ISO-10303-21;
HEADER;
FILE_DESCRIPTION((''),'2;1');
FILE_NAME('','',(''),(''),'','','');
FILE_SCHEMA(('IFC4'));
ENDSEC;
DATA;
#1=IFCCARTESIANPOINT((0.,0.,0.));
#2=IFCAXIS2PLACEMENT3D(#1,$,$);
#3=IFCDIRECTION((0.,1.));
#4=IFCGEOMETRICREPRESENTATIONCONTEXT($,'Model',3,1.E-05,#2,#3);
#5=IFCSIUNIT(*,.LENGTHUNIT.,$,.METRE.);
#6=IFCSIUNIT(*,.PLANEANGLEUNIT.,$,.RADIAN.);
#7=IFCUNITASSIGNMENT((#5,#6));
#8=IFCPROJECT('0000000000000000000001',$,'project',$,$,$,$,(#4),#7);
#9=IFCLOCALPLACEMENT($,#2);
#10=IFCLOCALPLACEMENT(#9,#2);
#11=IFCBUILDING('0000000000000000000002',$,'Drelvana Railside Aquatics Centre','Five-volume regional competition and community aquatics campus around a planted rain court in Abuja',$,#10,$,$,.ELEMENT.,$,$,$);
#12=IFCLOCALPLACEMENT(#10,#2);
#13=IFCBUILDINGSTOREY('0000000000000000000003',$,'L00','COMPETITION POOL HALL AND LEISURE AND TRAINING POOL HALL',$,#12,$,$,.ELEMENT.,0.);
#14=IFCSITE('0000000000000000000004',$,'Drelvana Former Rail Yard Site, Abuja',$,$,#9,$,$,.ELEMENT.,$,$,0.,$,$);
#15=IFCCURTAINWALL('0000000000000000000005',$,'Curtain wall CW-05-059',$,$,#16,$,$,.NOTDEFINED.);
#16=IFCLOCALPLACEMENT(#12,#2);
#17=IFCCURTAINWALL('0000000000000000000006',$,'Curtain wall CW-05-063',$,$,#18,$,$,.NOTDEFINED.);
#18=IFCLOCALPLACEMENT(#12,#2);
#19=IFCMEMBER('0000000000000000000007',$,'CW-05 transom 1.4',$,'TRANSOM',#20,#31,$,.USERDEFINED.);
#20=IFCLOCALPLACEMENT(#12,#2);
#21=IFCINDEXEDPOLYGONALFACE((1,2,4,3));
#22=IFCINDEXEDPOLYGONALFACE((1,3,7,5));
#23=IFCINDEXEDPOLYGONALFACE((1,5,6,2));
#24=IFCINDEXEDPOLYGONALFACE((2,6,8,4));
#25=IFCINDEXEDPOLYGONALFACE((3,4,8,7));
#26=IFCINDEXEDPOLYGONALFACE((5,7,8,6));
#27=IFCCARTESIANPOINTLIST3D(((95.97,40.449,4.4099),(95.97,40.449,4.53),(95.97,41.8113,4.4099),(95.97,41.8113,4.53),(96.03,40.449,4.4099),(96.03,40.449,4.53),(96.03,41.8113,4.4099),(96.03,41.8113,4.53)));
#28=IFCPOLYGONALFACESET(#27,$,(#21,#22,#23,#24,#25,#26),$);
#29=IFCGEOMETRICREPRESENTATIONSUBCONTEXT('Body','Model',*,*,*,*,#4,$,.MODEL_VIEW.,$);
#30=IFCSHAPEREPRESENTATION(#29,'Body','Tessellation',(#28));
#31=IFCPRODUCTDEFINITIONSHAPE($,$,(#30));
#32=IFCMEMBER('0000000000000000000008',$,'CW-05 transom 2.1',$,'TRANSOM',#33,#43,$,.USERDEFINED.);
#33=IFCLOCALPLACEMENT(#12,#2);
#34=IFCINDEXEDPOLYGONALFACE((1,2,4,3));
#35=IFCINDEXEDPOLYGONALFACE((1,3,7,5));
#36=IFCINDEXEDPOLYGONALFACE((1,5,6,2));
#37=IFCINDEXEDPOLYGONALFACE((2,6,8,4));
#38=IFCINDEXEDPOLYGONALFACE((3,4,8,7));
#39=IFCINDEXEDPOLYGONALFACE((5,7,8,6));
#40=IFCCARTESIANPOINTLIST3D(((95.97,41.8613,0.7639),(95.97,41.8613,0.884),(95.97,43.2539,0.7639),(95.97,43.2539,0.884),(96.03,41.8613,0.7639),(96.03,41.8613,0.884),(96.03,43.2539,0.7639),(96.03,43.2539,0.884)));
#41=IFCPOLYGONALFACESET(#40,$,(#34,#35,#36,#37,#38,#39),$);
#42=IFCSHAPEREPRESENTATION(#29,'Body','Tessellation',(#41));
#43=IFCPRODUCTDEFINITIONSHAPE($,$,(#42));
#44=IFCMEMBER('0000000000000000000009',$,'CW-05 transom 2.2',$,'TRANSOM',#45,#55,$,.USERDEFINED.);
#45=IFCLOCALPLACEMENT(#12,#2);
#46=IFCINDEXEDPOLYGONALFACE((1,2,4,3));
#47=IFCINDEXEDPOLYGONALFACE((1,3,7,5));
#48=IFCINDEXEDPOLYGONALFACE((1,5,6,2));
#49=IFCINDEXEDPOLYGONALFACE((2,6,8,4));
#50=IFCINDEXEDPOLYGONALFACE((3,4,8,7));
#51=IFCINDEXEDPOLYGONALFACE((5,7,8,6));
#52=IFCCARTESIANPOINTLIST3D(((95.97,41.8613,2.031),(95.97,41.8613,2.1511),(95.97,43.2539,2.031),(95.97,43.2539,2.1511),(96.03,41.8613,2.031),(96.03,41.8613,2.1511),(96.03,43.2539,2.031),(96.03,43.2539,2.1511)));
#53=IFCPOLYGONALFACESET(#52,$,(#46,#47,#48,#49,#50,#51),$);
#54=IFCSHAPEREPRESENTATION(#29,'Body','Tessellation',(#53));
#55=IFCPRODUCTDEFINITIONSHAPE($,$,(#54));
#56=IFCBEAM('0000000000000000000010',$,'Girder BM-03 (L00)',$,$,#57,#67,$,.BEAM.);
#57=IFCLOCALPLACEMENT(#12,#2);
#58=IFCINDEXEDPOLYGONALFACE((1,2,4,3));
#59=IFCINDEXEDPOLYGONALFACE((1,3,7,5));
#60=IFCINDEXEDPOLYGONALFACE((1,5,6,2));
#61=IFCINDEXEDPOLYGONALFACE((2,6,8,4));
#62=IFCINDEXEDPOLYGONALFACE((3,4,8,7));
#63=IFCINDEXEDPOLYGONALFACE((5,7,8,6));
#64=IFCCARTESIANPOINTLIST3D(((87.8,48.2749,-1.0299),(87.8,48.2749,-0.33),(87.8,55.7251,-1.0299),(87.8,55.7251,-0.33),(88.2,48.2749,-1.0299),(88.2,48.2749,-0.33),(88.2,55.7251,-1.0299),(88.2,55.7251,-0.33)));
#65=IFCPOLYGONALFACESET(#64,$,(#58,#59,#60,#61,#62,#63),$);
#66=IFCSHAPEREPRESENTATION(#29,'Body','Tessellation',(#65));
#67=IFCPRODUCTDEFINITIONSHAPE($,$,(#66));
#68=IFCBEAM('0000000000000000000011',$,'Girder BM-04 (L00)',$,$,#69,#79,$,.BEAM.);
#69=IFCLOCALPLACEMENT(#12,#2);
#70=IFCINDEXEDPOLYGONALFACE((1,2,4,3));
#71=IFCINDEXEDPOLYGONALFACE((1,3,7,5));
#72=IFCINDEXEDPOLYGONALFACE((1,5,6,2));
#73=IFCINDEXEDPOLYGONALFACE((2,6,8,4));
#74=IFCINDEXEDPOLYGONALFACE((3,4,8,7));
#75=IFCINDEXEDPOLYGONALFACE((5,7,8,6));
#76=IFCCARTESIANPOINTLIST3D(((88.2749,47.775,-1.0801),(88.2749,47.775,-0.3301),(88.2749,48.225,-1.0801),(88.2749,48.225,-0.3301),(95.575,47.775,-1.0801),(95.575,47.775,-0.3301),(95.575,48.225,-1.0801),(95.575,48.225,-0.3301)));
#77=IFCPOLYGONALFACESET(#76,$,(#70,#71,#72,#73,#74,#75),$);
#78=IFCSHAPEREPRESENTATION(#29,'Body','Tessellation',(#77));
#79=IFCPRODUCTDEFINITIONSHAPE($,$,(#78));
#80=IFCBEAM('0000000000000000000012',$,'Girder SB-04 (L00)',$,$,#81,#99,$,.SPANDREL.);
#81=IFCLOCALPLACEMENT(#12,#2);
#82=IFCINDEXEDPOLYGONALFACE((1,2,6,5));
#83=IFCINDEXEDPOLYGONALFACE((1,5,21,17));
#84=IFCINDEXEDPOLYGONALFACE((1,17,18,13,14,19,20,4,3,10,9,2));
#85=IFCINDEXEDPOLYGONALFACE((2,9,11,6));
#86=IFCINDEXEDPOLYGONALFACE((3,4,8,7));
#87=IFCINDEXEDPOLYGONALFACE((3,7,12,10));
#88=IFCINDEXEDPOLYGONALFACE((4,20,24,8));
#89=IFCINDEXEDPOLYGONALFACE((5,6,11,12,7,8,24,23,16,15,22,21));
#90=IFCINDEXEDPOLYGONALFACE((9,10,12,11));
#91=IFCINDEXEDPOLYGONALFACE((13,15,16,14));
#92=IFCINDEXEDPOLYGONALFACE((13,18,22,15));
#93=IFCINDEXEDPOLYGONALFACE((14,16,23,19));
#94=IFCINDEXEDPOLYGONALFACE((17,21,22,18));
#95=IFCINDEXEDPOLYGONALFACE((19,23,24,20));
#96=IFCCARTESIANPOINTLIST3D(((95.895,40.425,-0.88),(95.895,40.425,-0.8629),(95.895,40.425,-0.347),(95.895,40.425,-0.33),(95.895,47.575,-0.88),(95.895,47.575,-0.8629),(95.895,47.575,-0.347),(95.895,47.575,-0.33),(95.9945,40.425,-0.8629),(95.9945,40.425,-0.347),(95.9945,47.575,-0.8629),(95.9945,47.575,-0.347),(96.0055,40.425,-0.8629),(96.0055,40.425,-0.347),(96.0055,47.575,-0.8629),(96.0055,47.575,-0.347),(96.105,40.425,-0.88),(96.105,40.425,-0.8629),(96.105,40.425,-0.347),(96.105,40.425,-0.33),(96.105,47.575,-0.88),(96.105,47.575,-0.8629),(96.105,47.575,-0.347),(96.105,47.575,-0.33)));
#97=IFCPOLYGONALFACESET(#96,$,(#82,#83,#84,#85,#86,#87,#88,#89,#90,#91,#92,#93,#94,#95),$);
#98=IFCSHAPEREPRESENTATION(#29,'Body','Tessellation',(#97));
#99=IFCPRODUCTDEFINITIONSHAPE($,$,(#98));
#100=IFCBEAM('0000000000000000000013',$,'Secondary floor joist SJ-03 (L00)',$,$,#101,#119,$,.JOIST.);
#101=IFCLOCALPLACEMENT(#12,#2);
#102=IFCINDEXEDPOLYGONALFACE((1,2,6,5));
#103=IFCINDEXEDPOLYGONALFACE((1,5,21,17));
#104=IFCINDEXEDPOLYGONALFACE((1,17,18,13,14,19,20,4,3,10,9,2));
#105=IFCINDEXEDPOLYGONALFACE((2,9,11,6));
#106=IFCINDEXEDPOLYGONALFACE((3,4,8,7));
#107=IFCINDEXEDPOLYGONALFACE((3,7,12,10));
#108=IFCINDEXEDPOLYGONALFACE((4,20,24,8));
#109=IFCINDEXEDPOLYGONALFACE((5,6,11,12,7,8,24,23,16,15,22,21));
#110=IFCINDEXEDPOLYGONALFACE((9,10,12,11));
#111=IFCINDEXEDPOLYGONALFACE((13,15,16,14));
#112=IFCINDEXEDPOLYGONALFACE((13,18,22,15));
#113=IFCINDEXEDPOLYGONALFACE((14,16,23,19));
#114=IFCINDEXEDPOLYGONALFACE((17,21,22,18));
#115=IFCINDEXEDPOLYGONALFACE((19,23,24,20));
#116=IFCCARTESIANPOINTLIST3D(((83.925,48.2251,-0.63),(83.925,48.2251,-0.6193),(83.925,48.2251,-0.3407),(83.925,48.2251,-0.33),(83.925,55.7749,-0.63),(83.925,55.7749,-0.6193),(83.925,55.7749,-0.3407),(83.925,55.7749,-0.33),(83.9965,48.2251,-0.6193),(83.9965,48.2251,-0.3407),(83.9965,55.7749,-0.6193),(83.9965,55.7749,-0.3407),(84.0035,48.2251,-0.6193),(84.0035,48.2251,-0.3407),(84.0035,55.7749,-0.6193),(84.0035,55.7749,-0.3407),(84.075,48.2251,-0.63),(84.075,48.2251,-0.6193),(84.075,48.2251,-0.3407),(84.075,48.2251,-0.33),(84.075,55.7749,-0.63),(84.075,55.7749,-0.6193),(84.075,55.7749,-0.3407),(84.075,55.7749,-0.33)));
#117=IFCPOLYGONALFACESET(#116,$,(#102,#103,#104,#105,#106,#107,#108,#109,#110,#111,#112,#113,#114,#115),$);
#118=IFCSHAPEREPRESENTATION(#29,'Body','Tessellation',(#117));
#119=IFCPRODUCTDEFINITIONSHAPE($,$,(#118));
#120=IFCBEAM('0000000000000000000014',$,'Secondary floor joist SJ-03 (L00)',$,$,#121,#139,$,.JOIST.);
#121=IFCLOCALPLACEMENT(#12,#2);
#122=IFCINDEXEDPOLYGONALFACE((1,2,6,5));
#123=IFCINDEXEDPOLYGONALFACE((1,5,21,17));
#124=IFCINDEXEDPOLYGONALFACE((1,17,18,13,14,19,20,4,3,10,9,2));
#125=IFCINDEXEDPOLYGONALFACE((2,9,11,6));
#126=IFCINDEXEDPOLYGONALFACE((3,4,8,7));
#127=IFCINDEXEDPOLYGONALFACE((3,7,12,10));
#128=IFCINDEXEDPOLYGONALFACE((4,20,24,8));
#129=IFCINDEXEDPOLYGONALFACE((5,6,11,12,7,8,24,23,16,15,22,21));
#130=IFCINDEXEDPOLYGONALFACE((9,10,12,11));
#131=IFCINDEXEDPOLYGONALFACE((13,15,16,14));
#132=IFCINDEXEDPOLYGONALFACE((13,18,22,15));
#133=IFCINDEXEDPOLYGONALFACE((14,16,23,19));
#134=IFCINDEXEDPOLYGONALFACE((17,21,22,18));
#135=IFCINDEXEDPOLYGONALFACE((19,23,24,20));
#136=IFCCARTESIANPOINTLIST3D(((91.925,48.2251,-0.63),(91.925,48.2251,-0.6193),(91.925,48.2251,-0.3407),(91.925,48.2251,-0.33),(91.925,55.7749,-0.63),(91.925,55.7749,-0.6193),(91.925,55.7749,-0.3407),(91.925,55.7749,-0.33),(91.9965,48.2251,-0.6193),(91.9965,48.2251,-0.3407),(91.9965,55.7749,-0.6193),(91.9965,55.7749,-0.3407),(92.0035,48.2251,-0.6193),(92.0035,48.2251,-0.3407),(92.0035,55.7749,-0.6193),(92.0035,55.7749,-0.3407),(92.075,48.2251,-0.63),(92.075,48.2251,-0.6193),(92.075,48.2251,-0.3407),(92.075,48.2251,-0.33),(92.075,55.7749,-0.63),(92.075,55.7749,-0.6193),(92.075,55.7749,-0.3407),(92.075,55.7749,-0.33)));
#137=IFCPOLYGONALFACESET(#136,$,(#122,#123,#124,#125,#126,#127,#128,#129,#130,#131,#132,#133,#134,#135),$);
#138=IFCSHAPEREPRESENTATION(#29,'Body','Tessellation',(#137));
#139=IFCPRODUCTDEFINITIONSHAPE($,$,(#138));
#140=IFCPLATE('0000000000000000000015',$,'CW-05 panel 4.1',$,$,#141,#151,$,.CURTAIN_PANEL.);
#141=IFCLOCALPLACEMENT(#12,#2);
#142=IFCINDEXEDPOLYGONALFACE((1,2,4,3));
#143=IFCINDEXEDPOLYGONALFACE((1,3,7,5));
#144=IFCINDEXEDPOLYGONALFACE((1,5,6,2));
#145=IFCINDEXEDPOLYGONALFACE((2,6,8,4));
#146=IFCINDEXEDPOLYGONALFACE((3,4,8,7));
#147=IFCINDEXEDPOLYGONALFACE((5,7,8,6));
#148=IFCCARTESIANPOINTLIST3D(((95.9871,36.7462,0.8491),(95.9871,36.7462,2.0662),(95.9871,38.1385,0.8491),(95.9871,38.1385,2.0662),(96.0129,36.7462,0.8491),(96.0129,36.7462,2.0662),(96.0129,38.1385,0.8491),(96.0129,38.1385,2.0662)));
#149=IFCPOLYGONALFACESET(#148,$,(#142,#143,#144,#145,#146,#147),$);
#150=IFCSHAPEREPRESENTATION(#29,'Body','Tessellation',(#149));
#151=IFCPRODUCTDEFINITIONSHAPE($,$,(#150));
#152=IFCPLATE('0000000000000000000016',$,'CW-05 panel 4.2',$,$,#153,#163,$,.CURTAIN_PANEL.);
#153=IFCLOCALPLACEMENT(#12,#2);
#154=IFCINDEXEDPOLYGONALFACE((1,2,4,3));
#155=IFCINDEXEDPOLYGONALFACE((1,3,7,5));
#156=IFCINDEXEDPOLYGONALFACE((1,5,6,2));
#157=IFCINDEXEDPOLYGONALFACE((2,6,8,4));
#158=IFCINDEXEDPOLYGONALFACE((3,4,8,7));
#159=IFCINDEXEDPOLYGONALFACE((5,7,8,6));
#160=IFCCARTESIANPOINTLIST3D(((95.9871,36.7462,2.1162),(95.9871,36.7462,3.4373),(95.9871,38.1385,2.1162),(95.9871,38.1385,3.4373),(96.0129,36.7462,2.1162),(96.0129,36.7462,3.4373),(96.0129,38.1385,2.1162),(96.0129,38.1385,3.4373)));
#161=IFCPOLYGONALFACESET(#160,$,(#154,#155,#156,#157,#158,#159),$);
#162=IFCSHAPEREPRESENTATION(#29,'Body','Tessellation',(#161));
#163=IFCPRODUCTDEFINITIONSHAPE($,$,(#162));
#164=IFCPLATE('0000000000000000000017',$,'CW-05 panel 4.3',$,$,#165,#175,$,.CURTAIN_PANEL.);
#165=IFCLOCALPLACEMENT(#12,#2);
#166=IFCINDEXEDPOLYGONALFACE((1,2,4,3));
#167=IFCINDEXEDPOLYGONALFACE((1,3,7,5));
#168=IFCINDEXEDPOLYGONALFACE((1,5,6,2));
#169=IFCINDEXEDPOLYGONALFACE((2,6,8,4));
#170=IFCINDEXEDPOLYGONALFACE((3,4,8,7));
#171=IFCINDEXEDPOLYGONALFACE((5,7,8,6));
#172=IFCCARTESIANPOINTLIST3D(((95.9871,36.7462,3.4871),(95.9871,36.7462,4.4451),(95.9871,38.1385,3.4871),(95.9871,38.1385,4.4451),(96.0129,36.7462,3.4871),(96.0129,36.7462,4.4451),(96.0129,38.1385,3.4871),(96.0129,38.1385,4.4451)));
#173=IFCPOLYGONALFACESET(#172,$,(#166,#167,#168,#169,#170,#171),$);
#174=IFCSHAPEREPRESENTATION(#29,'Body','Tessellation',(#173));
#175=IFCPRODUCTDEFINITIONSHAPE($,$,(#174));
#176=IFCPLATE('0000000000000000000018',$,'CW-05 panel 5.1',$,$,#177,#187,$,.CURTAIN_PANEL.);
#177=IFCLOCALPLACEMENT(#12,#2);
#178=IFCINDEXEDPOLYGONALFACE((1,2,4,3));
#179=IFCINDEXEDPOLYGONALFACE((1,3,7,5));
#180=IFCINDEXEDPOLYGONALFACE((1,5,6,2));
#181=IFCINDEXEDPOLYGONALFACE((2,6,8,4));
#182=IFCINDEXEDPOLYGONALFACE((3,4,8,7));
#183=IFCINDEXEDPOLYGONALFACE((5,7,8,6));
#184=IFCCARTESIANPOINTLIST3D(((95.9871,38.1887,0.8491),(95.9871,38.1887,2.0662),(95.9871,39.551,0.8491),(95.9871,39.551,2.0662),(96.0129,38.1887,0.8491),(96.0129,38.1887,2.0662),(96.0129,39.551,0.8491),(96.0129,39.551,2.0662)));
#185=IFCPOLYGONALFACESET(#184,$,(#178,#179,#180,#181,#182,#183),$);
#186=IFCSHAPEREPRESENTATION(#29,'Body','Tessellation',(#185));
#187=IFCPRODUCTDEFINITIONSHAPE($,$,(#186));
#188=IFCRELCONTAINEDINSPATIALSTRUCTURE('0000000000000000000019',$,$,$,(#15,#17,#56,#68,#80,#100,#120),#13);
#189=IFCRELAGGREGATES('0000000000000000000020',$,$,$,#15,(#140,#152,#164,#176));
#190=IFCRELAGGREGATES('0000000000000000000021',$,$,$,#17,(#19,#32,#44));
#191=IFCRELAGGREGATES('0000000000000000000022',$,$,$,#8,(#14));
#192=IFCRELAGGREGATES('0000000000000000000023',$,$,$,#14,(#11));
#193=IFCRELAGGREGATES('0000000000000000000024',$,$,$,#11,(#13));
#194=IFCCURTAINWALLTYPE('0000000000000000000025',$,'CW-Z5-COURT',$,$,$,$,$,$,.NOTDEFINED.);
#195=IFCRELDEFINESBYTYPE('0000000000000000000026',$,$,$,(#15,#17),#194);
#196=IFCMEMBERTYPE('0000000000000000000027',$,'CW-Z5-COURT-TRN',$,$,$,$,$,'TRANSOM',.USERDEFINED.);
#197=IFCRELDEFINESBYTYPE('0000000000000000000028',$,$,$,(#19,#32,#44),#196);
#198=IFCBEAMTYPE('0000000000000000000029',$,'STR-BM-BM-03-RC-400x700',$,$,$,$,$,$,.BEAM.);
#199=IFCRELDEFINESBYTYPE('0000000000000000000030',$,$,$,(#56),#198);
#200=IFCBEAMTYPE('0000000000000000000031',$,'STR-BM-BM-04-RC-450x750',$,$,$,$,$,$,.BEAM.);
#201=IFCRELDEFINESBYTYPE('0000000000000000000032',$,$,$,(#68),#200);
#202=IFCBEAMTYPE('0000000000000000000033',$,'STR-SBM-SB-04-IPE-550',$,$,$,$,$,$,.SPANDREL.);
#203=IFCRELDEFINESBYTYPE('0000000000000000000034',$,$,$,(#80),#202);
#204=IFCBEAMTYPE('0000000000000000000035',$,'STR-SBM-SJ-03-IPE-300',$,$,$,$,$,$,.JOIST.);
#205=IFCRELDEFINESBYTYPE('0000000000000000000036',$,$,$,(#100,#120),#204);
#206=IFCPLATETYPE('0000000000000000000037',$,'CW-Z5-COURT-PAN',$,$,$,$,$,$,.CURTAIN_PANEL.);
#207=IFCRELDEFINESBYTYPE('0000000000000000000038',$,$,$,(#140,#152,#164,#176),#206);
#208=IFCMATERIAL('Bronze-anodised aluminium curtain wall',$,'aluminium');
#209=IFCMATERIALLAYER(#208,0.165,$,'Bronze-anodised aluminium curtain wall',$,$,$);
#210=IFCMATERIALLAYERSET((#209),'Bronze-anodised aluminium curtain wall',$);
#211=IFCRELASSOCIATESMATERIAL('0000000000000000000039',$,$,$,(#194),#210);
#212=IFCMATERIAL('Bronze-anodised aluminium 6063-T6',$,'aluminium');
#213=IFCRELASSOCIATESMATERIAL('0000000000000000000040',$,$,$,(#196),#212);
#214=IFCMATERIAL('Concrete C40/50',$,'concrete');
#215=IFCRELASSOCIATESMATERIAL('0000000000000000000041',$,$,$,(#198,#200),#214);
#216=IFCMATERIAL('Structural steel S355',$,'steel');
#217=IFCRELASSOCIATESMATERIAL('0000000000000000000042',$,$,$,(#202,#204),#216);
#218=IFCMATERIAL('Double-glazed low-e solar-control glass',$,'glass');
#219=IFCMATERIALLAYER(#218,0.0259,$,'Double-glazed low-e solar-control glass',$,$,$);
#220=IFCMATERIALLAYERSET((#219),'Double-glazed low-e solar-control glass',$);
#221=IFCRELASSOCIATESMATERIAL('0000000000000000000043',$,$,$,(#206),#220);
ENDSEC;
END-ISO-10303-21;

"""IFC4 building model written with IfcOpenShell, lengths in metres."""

from ifc_helpers import new_model, si_unit, direction, frame, origin, origin_2d, place, context, subcontext, project, spatial, rectangle, i_section, extrude, material, layer, layer_set, material_profile, profile_set, type_object, element, aggregate, save


model = new_model("IFC4")

# Units and contexts
model_context = context("Model", 3, precision=1e-05, world=origin(), true_north=direction((0.0, 1.0)))
body_context = subcontext(model_context, "Body", "Model", "MODEL_VIEW")
ifc_project = project(units=[si_unit("LENGTHUNIT", "METRE"), si_unit("PLANEANGLEUNIT", "RADIAN")], contexts=[model_context])

# Site, building, storey
site_placement = place(None, origin())
site = spatial("IfcSite", under=ifc_project, at=site_placement, Name="Drelvana Former Rail Yard Site, Abuja", CompositionType="ELEMENT", RefElevation=0.0)
building_placement = place(site_placement, origin())
building = spatial("IfcBuilding", under=site, at=building_placement, Name="Drelvana Railside Aquatics Centre", Description="Five-volume regional competition and community aquatics campus around a planted rain court in Abuja", CompositionType="ELEMENT")
storey_placement = place(building_placement, origin())
storey = spatial("IfcBuildingStorey", under=building, at=storey_placement, Name="L00", Description="COMPETITION POOL HALL AND LEISURE AND TRAINING POOL HALL", CompositionType="ELEMENT", Elevation=0.0)

# Shared definitions
ifc_material_1 = material(Name="Concrete C40/50", Category="concrete")

# Curtain walls
ifc_material_2 = material(Name="Bronze-anodised aluminium curtain wall", Category="aluminium")
ifc_layer_1 = layer(ifc_material_2, 0.165, Name="Bronze-anodised aluminium curtain wall")
ifc_layer_set_1 = layer_set([ifc_layer_1], Name="Bronze-anodised aluminium curtain wall")
curtain_wall_type = type_object("IfcCurtainWallType", Name="CW-Z5-COURT", PredefinedType="NOTDEFINED", material=ifc_layer_set_1)
curtain_wall_1_placement = place(storey_placement, origin())
curtain_wall_1 = element("IfcCurtainWall", 1, at=curtain_wall_1_placement, inside=storey, type_object=curtain_wall_type, Name="Curtain wall CW-05-059", PredefinedType="NOTDEFINED")
ifc_material_3 = material(Name="Bronze-anodised aluminium 6063-T6", Category="aluminium")
curtain_wall_2_placement = place(storey_placement, origin())
curtain_wall_2 = element("IfcCurtainWall", 2, at=curtain_wall_2_placement, inside=storey, type_object=curtain_wall_type, Name="Curtain wall CW-05-063", PredefinedType="NOTDEFINED")

# Members
ifc_material_profile_1 = material_profile(ifc_material_3, rectangle(XDim=0.1201, YDim=0.0601, at=origin_2d()), Name="ALU-T 60x120")
ifc_profile_set_1 = profile_set([ifc_material_profile_1], Name="Bronze-anodised aluminium 6063-T6")
member_type_1 = type_object("IfcMemberType", Name="CW-Z5-COURT-TRN", ElementType="TRANSOM", PredefinedType="USERDEFINED", material=ifc_profile_set_1)
member_1_placement = place(storey_placement, frame((96.0, 40.449, 4.47), z_axis=(0.0, 1.0, 0.0), x_axis=(0.0, 0.0, 1.0)))
member_1 = element("IfcMember", 3, at=member_1_placement, type_object=member_type_1, Name="CW-05 transom 1.4", ObjectType="TRANSOM", PredefinedType="USERDEFINED", context=body_context, shape_type="SweptSolid", body=[
    extrude(rectangle(XDim=0.1201, YDim=0.0601, at=origin_2d()), origin(), (0.0, 0.0, 1.0), 1.3623),
])
member_2_placement = place(storey_placement, frame((96.0, 41.8613, 0.824), z_axis=(0.0, 1.0, 0.0), x_axis=(0.0, 0.0, 1.0)))
member_2 = element("IfcMember", 4, at=member_2_placement, type_object=member_type_1, Name="CW-05 transom 2.1", ObjectType="TRANSOM", PredefinedType="USERDEFINED", context=body_context, shape_type="SweptSolid", body=[
    extrude(rectangle(XDim=0.1201, YDim=0.0601, at=origin_2d()), origin(), (0.0, 0.0, 1.0), 1.3926),
])
member_3_placement = place(storey_placement, frame((96.0, 41.8613, 2.0911), z_axis=(0.0, 1.0, 0.0), x_axis=(0.0, 0.0, 1.0)))
member_3 = element("IfcMember", 5, at=member_3_placement, type_object=member_type_1, Name="CW-05 transom 2.2", ObjectType="TRANSOM", PredefinedType="USERDEFINED", context=body_context, shape_type="SweptSolid", body=[
    extrude(rectangle(XDim=0.1201, YDim=0.0601, at=origin_2d()), origin(), (0.0, 0.0, 1.0), 1.3926),
])

# Beams
ifc_material_profile_2 = material_profile(ifc_material_1, rectangle(XDim=0.3999, YDim=0.7, at=origin_2d()), Name="RC 400x700")
ifc_profile_set_2 = profile_set([ifc_material_profile_2], Name="Concrete C40/50")
beam_type_1 = type_object("IfcBeamType", Name="STR-BM-BM-03-RC-400x700", PredefinedType="BEAM", material=ifc_profile_set_2)
beam_1_placement = place(storey_placement, frame((88.0, 48.2749, -0.6799), z_axis=(0.0, 1.0, 0.0), x_axis=(-1.0, 0.0, 0.0)))
element("IfcBeam", 6, at=beam_1_placement, inside=storey, type_object=beam_type_1, Name="Girder BM-03 (L00)", PredefinedType="BEAM", context=body_context, shape_type="SweptSolid", body=[
    extrude(rectangle(XDim=0.3999, YDim=0.7, at=origin_2d()), origin(), (0.0, 0.0, 1.0), 7.4502),
])
ifc_material_profile_3 = material_profile(ifc_material_1, rectangle(XDim=0.45, YDim=0.75, at=origin_2d()), Name="RC 450x750")
ifc_profile_set_3 = profile_set([ifc_material_profile_3], Name="Concrete C40/50")
beam_type_2 = type_object("IfcBeamType", Name="STR-BM-BM-04-RC-450x750", PredefinedType="BEAM", material=ifc_profile_set_3)
beam_2_placement = place(storey_placement, frame((88.2749, 48.0, -0.7051), z_axis=(1.0, 0.0, 0.0), x_axis=(0.0, 1.0, 0.0)))
element("IfcBeam", 7, at=beam_2_placement, inside=storey, type_object=beam_type_2, Name="Girder BM-04 (L00)", PredefinedType="BEAM", context=body_context, shape_type="SweptSolid", body=[
    extrude(rectangle(XDim=0.45, YDim=0.75, at=origin_2d()), origin(), (0.0, 0.0, 1.0), 7.3),
])
ifc_material_4 = material(Name="Structural steel S355", Category="steel")
ifc_material_profile_4 = material_profile(ifc_material_4, i_section(OverallWidth=0.21, OverallDepth=0.55, WebThickness=0.011, FlangeThickness=0.0171, at=origin_2d()), Name="IPE 550")
ifc_profile_set_4 = profile_set([ifc_material_profile_4], Name="Structural steel S355")
beam_type_3 = type_object("IfcBeamType", Name="STR-SBM-SB-04-IPE-550", PredefinedType="SPANDREL", material=ifc_profile_set_4)
beam_3_placement = place(storey_placement, frame((96.0, 40.425, -0.605), z_axis=(0.0, 1.0, 0.0), x_axis=(-1.0, 0.0, 0.0)))
element("IfcBeam", 8, at=beam_3_placement, inside=storey, type_object=beam_type_3, Name="Girder SB-04 (L00)", PredefinedType="SPANDREL", context=body_context, shape_type="SweptSolid", body=[
    extrude(i_section(OverallWidth=0.21, OverallDepth=0.55, WebThickness=0.011, FlangeThickness=0.0171, at=origin_2d()), origin(), (0.0, 0.0, 1.0), 7.1499),
])
ifc_material_profile_5 = material_profile(ifc_material_4, i_section(OverallWidth=0.1499, OverallDepth=0.3, WebThickness=0.0071, FlangeThickness=0.0107, at=origin_2d()), Name="IPE 300")
ifc_profile_set_5 = profile_set([ifc_material_profile_5], Name="Structural steel S355")
beam_type_4 = type_object("IfcBeamType", Name="STR-SBM-SJ-03-IPE-300", PredefinedType="JOIST", material=ifc_profile_set_5)
for number, where, z_axis, x_axis, name in (
    (9, (84.0, 48.2251, -0.48), (0.0, 1.0, 0.0), (-1.0, 0.0, 0.0), "Secondary floor joist SJ-03 (L00)"),
    (10, (92.0, 48.2251, -0.48), (0.0, 1.0, 0.0), (-1.0, 0.0, 0.0), "Secondary floor joist SJ-03 (L00)"),
):
    element("IfcBeam", number, at=place(storey_placement, frame(where, z_axis=z_axis, x_axis=x_axis)), inside=storey, type_object=beam_type_4, Name=name, PredefinedType="JOIST", context=body_context, shape_type="SweptSolid", body=[
        extrude(i_section(OverallWidth=0.1499, OverallDepth=0.3, WebThickness=0.0071, FlangeThickness=0.0107, at=origin_2d()), origin(), (0.0, 0.0, 1.0), 7.5498),
    ])

# Plates
ifc_material_5 = material(Name="Double-glazed low-e solar-control glass", Category="glass")
ifc_layer_2 = layer(ifc_material_5, 0.0259, Name="Double-glazed low-e solar-control glass")
ifc_layer_set_2 = layer_set([ifc_layer_2], Name="Double-glazed low-e solar-control glass")
plate_type = type_object("IfcPlateType", Name="CW-Z5-COURT-PAN", PredefinedType="CURTAIN_PANEL", material=ifc_layer_set_2)
plate_1_placement = place(storey_placement, frame((96.0, 37.4424, 0.8491), z_axis=(0.0, 0.0, 1.0), x_axis=(0.0, 1.0, 0.0)))
plate_1 = element("IfcPlate", 11, at=plate_1_placement, type_object=plate_type, Name="CW-05 panel 4.1", PredefinedType="CURTAIN_PANEL", context=body_context, shape_type="SweptSolid", body=[
    extrude(rectangle(XDim=1.3923, YDim=0.0259, at=origin_2d()), origin(), (0.0, 0.0, 1.0), 1.217),
])
plate_2_placement = place(storey_placement, frame((96.0, 37.4424, 2.1162), z_axis=(0.0, 0.0, 1.0), x_axis=(0.0, 1.0, 0.0)))
plate_2 = element("IfcPlate", 12, at=plate_2_placement, type_object=plate_type, Name="CW-05 panel 4.2", PredefinedType="CURTAIN_PANEL", context=body_context, shape_type="SweptSolid", body=[
    extrude(rectangle(XDim=1.3923, YDim=0.0259, at=origin_2d()), origin(), (0.0, 0.0, 1.0), 1.321),
])
plate_3_placement = place(storey_placement, frame((96.0, 37.4424, 3.4871), z_axis=(0.0, 0.0, 1.0), x_axis=(0.0, 1.0, 0.0)))
plate_3 = element("IfcPlate", 13, at=plate_3_placement, type_object=plate_type, Name="CW-05 panel 4.3", PredefinedType="CURTAIN_PANEL", context=body_context, shape_type="SweptSolid", body=[
    extrude(rectangle(XDim=1.3923, YDim=0.0259, at=origin_2d()), origin(), (0.0, 0.0, 1.0), 0.958),
])
plate_4_placement = place(storey_placement, frame((96.0, 38.8699, 0.8491), z_axis=(0.0, 0.0, 1.0), x_axis=(0.0, 1.0, 0.0)))
plate_4 = element("IfcPlate", 14, at=plate_4_placement, type_object=plate_type, Name="CW-05 panel 5.1", PredefinedType="CURTAIN_PANEL", context=body_context, shape_type="SweptSolid", body=[
    extrude(rectangle(XDim=1.3623, YDim=0.0259, at=origin_2d()), origin(), (0.0, 0.0, 1.0), 1.217),
])
aggregate(curtain_wall_1, [plate_1, plate_2, plate_3, plate_4])
aggregate(curtain_wall_2, [member_1, member_2, member_3])

save(model, "model.ifc")
